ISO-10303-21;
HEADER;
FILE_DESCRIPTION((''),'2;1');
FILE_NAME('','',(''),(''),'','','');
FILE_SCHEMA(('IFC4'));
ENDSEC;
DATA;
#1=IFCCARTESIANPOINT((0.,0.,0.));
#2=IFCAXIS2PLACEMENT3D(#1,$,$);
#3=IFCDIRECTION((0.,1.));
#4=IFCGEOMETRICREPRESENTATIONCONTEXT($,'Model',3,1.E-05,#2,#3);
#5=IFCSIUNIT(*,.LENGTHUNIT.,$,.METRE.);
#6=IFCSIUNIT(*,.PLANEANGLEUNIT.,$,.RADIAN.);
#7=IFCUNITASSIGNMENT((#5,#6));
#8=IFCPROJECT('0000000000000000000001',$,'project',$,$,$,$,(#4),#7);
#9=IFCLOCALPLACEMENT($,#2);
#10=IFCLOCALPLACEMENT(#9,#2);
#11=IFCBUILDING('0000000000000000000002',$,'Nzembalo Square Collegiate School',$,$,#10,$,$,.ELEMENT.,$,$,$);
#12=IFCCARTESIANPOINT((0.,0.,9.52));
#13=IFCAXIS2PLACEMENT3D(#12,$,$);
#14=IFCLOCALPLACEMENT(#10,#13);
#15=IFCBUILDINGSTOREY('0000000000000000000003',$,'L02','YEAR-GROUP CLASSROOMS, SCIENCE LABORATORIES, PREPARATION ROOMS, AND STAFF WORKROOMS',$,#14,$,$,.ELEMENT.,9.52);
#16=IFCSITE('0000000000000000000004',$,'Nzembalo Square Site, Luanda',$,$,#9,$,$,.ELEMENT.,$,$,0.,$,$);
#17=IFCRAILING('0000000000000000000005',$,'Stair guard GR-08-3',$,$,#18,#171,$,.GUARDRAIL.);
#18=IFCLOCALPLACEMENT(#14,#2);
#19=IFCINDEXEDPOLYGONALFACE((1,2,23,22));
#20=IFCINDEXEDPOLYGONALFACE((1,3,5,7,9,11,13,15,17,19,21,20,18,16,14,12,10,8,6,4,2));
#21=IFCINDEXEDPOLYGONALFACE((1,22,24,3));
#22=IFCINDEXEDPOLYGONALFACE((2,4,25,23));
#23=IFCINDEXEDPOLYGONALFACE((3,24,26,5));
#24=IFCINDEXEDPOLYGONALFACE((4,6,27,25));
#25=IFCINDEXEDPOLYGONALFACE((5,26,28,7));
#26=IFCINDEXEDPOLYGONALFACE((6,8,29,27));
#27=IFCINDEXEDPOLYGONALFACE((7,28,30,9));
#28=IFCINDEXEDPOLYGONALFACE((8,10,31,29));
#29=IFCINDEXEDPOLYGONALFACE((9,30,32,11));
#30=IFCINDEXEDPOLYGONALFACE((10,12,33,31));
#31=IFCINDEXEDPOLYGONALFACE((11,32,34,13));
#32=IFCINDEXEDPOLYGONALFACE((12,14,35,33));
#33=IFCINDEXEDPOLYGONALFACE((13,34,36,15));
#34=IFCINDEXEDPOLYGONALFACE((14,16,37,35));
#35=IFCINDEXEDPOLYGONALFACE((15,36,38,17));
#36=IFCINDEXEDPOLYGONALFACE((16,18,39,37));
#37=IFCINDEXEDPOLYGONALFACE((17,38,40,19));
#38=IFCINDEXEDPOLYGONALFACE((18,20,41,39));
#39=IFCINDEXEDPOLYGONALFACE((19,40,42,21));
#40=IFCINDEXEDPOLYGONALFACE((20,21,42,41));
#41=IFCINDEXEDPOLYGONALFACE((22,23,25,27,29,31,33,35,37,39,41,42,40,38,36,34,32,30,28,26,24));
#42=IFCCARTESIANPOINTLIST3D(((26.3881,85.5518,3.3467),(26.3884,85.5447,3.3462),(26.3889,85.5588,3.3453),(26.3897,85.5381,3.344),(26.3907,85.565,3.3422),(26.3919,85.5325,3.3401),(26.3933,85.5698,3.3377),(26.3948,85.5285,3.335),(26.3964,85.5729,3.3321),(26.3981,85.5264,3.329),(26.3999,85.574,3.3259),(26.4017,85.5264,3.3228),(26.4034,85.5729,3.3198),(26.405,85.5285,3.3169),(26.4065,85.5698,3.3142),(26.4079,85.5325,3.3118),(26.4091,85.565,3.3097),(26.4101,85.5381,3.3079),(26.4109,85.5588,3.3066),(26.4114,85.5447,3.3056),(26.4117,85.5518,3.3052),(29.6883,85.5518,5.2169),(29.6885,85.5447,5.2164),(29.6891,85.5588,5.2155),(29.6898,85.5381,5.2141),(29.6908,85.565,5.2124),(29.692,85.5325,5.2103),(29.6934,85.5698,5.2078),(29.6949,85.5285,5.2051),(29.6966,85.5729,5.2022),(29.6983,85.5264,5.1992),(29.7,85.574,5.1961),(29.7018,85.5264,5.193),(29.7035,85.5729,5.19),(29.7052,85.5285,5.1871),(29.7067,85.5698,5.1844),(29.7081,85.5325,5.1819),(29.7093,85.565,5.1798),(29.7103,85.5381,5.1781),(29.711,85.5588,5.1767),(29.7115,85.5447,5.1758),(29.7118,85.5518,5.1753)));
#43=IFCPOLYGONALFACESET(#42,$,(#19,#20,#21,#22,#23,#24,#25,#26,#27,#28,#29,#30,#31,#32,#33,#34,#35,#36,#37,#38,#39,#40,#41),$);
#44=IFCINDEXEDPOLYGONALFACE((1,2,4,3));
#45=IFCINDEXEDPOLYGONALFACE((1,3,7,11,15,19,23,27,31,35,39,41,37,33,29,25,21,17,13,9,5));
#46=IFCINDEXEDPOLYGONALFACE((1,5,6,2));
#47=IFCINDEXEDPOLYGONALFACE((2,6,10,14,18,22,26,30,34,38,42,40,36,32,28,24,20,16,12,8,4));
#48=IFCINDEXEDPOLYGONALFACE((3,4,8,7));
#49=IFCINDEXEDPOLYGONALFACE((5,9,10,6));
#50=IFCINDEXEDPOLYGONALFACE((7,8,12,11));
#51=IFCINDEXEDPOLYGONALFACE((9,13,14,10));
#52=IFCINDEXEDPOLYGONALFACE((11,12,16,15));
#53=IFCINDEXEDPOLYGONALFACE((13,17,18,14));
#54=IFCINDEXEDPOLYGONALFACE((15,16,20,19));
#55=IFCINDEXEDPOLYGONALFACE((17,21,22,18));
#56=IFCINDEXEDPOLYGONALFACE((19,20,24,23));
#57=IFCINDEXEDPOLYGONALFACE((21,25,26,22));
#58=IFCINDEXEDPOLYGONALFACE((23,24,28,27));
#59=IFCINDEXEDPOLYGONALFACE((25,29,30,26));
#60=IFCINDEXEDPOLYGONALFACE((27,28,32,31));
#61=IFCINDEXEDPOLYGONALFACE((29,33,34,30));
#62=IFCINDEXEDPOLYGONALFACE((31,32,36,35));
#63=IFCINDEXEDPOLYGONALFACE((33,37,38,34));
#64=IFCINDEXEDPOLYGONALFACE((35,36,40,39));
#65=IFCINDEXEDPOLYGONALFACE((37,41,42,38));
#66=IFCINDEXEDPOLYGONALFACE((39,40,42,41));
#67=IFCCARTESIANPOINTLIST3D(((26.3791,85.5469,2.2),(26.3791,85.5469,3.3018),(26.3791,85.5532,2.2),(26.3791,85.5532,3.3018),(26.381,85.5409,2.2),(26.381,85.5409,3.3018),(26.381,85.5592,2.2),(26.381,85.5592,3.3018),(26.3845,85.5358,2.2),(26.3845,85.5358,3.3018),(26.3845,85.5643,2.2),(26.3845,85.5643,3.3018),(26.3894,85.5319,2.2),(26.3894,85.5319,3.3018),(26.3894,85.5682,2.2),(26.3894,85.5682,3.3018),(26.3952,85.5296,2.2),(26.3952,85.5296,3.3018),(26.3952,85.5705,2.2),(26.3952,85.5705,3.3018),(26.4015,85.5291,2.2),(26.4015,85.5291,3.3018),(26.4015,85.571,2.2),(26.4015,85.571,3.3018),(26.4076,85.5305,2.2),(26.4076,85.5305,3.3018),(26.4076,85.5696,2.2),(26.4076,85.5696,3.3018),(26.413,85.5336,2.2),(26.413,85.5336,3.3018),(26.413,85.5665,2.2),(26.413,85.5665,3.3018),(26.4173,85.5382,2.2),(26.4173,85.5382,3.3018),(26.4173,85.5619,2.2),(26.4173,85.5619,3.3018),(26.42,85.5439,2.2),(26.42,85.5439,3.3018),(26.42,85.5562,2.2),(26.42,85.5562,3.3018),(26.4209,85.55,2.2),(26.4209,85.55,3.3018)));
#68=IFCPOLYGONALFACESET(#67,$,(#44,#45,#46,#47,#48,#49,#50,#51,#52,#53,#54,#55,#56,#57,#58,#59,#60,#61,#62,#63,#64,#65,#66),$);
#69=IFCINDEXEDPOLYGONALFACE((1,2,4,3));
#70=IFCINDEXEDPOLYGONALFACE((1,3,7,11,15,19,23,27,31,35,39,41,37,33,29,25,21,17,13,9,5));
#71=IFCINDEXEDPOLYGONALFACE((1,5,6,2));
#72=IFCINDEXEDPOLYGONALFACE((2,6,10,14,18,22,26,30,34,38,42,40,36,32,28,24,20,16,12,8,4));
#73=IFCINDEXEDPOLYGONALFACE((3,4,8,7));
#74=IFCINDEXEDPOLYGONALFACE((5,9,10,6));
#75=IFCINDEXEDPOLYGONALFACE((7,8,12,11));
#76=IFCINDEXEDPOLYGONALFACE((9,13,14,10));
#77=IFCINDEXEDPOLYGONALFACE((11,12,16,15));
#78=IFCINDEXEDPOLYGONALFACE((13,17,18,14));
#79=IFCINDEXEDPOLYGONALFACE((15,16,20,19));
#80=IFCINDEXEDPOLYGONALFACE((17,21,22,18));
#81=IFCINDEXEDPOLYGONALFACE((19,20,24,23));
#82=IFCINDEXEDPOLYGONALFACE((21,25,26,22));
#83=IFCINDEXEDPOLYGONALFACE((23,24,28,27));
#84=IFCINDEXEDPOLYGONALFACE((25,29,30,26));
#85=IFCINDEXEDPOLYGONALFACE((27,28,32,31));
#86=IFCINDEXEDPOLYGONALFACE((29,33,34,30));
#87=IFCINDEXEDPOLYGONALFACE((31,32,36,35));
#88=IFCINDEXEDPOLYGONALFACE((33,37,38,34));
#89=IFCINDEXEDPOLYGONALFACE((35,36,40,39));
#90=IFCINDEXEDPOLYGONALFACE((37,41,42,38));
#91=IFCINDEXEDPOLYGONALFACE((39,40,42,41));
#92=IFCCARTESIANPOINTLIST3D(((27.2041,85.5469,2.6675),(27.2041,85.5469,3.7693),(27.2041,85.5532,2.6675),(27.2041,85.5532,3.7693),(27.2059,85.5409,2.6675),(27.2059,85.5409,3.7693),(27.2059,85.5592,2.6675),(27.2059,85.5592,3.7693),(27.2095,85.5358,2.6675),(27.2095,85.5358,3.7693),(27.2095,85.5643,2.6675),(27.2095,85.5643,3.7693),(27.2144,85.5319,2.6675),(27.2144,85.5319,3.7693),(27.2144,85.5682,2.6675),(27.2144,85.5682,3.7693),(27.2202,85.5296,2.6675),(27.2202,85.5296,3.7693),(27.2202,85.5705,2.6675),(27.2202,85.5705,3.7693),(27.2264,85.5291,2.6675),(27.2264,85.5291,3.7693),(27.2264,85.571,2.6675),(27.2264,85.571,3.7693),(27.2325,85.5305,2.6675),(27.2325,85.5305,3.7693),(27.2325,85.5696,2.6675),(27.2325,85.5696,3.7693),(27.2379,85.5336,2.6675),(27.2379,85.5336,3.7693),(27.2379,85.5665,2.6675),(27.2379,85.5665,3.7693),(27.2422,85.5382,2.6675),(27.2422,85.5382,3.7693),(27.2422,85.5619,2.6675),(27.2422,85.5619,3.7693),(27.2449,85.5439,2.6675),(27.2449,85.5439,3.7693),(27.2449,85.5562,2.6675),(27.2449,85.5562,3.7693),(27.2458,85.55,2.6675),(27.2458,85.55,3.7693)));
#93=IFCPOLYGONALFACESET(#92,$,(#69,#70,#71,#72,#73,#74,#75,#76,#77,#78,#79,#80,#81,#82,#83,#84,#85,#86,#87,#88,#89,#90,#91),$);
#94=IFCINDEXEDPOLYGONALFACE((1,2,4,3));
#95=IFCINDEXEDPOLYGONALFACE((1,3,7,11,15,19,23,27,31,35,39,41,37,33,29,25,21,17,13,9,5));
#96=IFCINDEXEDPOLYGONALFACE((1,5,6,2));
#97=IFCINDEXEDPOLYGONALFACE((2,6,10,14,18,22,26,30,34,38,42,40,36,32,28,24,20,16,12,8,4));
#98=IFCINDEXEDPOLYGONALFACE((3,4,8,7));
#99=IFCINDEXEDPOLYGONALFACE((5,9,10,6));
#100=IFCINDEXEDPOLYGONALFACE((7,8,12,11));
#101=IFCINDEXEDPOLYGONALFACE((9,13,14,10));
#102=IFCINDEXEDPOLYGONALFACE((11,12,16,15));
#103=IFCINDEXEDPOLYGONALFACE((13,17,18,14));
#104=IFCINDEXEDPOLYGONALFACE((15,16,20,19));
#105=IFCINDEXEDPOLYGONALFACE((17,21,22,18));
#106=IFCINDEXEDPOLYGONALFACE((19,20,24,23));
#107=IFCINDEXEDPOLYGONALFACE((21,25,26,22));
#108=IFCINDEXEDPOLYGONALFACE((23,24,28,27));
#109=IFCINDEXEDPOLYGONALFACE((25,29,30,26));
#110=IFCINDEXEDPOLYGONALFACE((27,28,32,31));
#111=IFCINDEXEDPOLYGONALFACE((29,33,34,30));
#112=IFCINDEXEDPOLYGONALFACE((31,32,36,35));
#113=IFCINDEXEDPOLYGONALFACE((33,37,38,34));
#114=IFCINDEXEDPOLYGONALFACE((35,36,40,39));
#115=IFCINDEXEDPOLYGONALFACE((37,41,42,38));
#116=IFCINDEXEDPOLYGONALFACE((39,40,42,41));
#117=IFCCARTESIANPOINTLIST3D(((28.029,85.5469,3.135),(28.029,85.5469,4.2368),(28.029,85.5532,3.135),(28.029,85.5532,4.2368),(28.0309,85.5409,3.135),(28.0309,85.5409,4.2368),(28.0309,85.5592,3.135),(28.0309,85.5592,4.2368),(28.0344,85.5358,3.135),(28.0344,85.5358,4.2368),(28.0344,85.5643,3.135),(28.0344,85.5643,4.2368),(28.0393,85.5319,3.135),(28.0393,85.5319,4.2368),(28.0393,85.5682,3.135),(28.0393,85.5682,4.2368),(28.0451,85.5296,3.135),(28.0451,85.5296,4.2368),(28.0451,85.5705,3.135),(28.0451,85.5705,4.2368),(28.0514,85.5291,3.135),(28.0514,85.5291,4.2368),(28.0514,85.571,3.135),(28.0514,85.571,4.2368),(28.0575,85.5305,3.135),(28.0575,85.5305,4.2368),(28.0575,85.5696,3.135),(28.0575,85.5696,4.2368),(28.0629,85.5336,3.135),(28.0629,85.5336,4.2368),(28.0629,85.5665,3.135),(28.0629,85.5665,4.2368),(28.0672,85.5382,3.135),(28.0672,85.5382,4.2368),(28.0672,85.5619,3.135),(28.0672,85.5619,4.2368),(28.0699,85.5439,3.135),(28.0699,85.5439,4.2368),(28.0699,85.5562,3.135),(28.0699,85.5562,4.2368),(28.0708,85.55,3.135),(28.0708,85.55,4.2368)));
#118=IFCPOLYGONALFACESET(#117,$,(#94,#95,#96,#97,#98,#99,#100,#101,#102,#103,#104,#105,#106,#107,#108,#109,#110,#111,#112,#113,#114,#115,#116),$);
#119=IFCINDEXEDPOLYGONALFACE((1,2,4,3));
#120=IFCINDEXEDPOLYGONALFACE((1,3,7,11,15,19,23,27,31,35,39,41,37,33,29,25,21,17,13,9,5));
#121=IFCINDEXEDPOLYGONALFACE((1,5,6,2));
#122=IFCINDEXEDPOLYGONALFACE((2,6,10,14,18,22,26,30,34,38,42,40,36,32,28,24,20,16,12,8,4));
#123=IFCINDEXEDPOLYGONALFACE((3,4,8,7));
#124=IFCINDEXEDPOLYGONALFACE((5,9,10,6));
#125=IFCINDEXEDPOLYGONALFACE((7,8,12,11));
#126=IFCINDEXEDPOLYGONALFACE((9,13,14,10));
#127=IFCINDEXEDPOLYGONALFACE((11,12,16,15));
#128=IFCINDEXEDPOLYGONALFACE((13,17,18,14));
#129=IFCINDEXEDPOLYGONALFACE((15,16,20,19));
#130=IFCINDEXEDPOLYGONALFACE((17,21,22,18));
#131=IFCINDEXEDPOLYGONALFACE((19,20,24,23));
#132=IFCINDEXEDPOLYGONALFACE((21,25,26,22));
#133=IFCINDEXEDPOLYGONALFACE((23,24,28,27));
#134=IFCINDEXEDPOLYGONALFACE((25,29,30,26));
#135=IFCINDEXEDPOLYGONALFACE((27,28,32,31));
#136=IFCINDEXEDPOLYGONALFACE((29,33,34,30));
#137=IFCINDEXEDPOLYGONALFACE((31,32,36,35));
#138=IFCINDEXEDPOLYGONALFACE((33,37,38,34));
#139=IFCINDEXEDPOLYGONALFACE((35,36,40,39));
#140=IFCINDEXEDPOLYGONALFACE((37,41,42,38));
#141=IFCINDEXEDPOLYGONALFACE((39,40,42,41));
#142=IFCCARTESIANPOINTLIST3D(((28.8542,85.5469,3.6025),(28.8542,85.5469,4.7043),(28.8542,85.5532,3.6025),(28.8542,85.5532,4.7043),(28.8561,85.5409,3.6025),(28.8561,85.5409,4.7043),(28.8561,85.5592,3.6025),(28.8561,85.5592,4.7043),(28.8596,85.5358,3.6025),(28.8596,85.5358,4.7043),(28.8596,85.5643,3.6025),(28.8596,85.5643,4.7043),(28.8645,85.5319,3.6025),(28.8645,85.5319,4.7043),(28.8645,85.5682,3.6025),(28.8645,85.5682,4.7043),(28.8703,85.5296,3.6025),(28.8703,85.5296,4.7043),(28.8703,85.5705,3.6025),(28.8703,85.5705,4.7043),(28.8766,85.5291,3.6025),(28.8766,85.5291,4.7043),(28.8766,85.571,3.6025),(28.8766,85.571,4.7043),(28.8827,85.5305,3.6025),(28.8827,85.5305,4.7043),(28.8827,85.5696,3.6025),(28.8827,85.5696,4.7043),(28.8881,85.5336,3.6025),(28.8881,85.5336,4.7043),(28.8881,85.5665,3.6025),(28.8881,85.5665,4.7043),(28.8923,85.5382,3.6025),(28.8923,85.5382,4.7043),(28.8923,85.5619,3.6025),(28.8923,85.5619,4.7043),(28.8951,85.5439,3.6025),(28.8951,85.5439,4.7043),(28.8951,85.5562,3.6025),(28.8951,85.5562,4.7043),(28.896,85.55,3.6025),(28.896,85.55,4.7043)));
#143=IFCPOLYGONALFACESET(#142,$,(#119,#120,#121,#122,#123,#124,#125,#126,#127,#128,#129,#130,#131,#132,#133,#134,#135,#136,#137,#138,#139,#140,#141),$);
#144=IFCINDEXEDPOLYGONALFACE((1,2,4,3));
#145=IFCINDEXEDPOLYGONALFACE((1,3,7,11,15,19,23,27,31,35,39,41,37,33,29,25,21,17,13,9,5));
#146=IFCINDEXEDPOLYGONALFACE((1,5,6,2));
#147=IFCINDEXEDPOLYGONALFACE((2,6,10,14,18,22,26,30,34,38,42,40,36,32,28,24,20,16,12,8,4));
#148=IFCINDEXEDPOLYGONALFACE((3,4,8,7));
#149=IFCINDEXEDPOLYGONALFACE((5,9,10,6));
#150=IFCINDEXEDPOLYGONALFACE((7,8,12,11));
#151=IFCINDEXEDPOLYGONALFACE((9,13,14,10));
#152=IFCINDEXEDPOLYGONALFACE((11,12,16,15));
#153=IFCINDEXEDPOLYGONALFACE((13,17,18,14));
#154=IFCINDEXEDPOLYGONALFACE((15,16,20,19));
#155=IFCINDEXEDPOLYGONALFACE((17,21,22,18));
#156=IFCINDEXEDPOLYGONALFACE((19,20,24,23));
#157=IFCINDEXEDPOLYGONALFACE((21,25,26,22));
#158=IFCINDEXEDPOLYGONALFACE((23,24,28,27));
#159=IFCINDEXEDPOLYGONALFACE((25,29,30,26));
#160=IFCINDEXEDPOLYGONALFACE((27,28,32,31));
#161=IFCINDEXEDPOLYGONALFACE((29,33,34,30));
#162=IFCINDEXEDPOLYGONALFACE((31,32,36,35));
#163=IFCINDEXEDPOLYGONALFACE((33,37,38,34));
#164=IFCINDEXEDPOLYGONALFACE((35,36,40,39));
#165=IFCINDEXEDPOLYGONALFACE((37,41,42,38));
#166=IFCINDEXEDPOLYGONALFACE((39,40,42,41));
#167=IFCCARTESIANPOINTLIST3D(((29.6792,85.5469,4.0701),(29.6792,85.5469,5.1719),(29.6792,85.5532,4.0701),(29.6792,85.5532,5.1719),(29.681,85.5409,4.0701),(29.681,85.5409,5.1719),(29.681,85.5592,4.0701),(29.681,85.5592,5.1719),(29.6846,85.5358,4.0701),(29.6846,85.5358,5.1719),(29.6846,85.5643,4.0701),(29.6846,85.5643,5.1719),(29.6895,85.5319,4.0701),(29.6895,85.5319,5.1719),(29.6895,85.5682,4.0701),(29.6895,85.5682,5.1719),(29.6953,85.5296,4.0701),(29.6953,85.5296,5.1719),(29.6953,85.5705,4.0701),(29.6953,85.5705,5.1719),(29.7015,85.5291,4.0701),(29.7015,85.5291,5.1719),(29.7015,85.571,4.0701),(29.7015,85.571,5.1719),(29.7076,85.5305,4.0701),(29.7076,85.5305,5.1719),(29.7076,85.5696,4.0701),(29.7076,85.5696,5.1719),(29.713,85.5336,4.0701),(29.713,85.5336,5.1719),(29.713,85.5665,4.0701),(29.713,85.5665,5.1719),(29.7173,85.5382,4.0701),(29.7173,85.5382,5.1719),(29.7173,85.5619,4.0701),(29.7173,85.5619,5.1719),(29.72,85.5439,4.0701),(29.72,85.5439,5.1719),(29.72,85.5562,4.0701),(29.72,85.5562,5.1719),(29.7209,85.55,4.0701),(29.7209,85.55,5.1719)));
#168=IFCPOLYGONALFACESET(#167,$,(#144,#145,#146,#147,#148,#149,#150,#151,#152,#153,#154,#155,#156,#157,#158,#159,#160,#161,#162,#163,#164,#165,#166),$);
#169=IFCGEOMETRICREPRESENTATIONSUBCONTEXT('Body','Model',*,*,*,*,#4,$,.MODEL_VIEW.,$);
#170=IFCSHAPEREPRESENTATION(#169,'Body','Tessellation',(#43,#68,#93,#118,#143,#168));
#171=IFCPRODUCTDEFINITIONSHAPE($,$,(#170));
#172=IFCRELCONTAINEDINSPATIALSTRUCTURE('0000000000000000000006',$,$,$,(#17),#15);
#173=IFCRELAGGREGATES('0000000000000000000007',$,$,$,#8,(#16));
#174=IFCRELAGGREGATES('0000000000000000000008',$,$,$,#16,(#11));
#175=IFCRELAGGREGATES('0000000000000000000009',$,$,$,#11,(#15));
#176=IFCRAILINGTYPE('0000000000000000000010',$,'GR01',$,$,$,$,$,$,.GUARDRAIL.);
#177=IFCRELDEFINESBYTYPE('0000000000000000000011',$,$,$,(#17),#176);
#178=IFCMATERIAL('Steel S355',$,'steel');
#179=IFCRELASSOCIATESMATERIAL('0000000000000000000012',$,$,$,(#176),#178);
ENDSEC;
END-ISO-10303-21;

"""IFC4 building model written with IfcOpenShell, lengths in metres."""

from ifc_helpers import new_model, si_unit, direction, frame, origin, origin_2d, place, context, subcontext, project, spatial, circle, extrude, material, type_object, element, save


model = new_model("IFC4")

# Units and contexts
model_context = context("Model", 3, precision=1e-05, world=origin(), true_north=direction((0.0, 1.0)))
body_context = subcontext(model_context, "Body", "Model", "MODEL_VIEW")
ifc_project = project(units=[si_unit("LENGTHUNIT", "METRE"), si_unit("PLANEANGLEUNIT", "RADIAN")], contexts=[model_context])

# Site, building, storey
site_placement = place(None, origin())
site = spatial("IfcSite", under=ifc_project, at=site_placement, Name="Nzembalo Square Site, Luanda", CompositionType="ELEMENT", RefElevation=0.0)
building_placement = place(site_placement, origin())
building = spatial("IfcBuilding", under=site, at=building_placement, Name="Nzembalo Square Collegiate School", CompositionType="ELEMENT")
storey_placement = place(building_placement, frame((0.0, 0.0, 9.52)))
storey = spatial("IfcBuildingStorey", under=building, at=storey_placement, Name="L02", Description="YEAR-GROUP CLASSROOMS, SCIENCE LABORATORIES, PREPARATION ROOMS, AND STAFF WORKROOMS", CompositionType="ELEMENT", Elevation=9.52)

# Railing
ifc_material_1 = material(Name="Steel S355", Category="steel")
railing_type_1 = type_object("IfcRailingType", Name="GR01", PredefinedType="GUARDRAIL", material=ifc_material_1)
railing_1_placement = place(storey_placement, frame((26.3999, 85.55, 2.2)))
element("IfcRailing", 1, at=railing_1_placement, inside=storey, type_object=railing_type_1, Name="Stair guard GR-08-3", PredefinedType="GUARDRAIL", context=body_context, shape_type="SweptSolid", body=[
    extrude(circle(Radius=0.0239, at=origin_2d()), frame((0.0, 0.0, 1.126), z_axis=(0.870012, 0.0, 0.49303), x_axis=(0.0, 1.0, 0.0)), (0.0, 0.0, 1.0), 3.7932),
    extrude(circle(Radius=0.021, at=origin_2d()), origin(), (0.0, 0.0, 1.0), 1.1018),
    extrude(circle(Radius=0.021, at=origin_2d()), frame((0.825, 0.0, 0.4675)), (0.0, 0.0, 1.0), 1.1018),
    extrude(circle(Radius=0.021, at=origin_2d()), frame((1.6499, 0.0, 0.9351)), (0.0, 0.0, 1.0), 1.1018),
    extrude(circle(Radius=0.021, at=origin_2d()), frame((2.4751, 0.0, 1.4026)), (0.0, 0.0, 1.0), 1.1018),
    extrude(circle(Radius=0.021, at=origin_2d()), frame((3.3, 0.0, 1.8701)), (0.0, 0.0, 1.0), 1.1018),
])

save(model, "model.ifc")
